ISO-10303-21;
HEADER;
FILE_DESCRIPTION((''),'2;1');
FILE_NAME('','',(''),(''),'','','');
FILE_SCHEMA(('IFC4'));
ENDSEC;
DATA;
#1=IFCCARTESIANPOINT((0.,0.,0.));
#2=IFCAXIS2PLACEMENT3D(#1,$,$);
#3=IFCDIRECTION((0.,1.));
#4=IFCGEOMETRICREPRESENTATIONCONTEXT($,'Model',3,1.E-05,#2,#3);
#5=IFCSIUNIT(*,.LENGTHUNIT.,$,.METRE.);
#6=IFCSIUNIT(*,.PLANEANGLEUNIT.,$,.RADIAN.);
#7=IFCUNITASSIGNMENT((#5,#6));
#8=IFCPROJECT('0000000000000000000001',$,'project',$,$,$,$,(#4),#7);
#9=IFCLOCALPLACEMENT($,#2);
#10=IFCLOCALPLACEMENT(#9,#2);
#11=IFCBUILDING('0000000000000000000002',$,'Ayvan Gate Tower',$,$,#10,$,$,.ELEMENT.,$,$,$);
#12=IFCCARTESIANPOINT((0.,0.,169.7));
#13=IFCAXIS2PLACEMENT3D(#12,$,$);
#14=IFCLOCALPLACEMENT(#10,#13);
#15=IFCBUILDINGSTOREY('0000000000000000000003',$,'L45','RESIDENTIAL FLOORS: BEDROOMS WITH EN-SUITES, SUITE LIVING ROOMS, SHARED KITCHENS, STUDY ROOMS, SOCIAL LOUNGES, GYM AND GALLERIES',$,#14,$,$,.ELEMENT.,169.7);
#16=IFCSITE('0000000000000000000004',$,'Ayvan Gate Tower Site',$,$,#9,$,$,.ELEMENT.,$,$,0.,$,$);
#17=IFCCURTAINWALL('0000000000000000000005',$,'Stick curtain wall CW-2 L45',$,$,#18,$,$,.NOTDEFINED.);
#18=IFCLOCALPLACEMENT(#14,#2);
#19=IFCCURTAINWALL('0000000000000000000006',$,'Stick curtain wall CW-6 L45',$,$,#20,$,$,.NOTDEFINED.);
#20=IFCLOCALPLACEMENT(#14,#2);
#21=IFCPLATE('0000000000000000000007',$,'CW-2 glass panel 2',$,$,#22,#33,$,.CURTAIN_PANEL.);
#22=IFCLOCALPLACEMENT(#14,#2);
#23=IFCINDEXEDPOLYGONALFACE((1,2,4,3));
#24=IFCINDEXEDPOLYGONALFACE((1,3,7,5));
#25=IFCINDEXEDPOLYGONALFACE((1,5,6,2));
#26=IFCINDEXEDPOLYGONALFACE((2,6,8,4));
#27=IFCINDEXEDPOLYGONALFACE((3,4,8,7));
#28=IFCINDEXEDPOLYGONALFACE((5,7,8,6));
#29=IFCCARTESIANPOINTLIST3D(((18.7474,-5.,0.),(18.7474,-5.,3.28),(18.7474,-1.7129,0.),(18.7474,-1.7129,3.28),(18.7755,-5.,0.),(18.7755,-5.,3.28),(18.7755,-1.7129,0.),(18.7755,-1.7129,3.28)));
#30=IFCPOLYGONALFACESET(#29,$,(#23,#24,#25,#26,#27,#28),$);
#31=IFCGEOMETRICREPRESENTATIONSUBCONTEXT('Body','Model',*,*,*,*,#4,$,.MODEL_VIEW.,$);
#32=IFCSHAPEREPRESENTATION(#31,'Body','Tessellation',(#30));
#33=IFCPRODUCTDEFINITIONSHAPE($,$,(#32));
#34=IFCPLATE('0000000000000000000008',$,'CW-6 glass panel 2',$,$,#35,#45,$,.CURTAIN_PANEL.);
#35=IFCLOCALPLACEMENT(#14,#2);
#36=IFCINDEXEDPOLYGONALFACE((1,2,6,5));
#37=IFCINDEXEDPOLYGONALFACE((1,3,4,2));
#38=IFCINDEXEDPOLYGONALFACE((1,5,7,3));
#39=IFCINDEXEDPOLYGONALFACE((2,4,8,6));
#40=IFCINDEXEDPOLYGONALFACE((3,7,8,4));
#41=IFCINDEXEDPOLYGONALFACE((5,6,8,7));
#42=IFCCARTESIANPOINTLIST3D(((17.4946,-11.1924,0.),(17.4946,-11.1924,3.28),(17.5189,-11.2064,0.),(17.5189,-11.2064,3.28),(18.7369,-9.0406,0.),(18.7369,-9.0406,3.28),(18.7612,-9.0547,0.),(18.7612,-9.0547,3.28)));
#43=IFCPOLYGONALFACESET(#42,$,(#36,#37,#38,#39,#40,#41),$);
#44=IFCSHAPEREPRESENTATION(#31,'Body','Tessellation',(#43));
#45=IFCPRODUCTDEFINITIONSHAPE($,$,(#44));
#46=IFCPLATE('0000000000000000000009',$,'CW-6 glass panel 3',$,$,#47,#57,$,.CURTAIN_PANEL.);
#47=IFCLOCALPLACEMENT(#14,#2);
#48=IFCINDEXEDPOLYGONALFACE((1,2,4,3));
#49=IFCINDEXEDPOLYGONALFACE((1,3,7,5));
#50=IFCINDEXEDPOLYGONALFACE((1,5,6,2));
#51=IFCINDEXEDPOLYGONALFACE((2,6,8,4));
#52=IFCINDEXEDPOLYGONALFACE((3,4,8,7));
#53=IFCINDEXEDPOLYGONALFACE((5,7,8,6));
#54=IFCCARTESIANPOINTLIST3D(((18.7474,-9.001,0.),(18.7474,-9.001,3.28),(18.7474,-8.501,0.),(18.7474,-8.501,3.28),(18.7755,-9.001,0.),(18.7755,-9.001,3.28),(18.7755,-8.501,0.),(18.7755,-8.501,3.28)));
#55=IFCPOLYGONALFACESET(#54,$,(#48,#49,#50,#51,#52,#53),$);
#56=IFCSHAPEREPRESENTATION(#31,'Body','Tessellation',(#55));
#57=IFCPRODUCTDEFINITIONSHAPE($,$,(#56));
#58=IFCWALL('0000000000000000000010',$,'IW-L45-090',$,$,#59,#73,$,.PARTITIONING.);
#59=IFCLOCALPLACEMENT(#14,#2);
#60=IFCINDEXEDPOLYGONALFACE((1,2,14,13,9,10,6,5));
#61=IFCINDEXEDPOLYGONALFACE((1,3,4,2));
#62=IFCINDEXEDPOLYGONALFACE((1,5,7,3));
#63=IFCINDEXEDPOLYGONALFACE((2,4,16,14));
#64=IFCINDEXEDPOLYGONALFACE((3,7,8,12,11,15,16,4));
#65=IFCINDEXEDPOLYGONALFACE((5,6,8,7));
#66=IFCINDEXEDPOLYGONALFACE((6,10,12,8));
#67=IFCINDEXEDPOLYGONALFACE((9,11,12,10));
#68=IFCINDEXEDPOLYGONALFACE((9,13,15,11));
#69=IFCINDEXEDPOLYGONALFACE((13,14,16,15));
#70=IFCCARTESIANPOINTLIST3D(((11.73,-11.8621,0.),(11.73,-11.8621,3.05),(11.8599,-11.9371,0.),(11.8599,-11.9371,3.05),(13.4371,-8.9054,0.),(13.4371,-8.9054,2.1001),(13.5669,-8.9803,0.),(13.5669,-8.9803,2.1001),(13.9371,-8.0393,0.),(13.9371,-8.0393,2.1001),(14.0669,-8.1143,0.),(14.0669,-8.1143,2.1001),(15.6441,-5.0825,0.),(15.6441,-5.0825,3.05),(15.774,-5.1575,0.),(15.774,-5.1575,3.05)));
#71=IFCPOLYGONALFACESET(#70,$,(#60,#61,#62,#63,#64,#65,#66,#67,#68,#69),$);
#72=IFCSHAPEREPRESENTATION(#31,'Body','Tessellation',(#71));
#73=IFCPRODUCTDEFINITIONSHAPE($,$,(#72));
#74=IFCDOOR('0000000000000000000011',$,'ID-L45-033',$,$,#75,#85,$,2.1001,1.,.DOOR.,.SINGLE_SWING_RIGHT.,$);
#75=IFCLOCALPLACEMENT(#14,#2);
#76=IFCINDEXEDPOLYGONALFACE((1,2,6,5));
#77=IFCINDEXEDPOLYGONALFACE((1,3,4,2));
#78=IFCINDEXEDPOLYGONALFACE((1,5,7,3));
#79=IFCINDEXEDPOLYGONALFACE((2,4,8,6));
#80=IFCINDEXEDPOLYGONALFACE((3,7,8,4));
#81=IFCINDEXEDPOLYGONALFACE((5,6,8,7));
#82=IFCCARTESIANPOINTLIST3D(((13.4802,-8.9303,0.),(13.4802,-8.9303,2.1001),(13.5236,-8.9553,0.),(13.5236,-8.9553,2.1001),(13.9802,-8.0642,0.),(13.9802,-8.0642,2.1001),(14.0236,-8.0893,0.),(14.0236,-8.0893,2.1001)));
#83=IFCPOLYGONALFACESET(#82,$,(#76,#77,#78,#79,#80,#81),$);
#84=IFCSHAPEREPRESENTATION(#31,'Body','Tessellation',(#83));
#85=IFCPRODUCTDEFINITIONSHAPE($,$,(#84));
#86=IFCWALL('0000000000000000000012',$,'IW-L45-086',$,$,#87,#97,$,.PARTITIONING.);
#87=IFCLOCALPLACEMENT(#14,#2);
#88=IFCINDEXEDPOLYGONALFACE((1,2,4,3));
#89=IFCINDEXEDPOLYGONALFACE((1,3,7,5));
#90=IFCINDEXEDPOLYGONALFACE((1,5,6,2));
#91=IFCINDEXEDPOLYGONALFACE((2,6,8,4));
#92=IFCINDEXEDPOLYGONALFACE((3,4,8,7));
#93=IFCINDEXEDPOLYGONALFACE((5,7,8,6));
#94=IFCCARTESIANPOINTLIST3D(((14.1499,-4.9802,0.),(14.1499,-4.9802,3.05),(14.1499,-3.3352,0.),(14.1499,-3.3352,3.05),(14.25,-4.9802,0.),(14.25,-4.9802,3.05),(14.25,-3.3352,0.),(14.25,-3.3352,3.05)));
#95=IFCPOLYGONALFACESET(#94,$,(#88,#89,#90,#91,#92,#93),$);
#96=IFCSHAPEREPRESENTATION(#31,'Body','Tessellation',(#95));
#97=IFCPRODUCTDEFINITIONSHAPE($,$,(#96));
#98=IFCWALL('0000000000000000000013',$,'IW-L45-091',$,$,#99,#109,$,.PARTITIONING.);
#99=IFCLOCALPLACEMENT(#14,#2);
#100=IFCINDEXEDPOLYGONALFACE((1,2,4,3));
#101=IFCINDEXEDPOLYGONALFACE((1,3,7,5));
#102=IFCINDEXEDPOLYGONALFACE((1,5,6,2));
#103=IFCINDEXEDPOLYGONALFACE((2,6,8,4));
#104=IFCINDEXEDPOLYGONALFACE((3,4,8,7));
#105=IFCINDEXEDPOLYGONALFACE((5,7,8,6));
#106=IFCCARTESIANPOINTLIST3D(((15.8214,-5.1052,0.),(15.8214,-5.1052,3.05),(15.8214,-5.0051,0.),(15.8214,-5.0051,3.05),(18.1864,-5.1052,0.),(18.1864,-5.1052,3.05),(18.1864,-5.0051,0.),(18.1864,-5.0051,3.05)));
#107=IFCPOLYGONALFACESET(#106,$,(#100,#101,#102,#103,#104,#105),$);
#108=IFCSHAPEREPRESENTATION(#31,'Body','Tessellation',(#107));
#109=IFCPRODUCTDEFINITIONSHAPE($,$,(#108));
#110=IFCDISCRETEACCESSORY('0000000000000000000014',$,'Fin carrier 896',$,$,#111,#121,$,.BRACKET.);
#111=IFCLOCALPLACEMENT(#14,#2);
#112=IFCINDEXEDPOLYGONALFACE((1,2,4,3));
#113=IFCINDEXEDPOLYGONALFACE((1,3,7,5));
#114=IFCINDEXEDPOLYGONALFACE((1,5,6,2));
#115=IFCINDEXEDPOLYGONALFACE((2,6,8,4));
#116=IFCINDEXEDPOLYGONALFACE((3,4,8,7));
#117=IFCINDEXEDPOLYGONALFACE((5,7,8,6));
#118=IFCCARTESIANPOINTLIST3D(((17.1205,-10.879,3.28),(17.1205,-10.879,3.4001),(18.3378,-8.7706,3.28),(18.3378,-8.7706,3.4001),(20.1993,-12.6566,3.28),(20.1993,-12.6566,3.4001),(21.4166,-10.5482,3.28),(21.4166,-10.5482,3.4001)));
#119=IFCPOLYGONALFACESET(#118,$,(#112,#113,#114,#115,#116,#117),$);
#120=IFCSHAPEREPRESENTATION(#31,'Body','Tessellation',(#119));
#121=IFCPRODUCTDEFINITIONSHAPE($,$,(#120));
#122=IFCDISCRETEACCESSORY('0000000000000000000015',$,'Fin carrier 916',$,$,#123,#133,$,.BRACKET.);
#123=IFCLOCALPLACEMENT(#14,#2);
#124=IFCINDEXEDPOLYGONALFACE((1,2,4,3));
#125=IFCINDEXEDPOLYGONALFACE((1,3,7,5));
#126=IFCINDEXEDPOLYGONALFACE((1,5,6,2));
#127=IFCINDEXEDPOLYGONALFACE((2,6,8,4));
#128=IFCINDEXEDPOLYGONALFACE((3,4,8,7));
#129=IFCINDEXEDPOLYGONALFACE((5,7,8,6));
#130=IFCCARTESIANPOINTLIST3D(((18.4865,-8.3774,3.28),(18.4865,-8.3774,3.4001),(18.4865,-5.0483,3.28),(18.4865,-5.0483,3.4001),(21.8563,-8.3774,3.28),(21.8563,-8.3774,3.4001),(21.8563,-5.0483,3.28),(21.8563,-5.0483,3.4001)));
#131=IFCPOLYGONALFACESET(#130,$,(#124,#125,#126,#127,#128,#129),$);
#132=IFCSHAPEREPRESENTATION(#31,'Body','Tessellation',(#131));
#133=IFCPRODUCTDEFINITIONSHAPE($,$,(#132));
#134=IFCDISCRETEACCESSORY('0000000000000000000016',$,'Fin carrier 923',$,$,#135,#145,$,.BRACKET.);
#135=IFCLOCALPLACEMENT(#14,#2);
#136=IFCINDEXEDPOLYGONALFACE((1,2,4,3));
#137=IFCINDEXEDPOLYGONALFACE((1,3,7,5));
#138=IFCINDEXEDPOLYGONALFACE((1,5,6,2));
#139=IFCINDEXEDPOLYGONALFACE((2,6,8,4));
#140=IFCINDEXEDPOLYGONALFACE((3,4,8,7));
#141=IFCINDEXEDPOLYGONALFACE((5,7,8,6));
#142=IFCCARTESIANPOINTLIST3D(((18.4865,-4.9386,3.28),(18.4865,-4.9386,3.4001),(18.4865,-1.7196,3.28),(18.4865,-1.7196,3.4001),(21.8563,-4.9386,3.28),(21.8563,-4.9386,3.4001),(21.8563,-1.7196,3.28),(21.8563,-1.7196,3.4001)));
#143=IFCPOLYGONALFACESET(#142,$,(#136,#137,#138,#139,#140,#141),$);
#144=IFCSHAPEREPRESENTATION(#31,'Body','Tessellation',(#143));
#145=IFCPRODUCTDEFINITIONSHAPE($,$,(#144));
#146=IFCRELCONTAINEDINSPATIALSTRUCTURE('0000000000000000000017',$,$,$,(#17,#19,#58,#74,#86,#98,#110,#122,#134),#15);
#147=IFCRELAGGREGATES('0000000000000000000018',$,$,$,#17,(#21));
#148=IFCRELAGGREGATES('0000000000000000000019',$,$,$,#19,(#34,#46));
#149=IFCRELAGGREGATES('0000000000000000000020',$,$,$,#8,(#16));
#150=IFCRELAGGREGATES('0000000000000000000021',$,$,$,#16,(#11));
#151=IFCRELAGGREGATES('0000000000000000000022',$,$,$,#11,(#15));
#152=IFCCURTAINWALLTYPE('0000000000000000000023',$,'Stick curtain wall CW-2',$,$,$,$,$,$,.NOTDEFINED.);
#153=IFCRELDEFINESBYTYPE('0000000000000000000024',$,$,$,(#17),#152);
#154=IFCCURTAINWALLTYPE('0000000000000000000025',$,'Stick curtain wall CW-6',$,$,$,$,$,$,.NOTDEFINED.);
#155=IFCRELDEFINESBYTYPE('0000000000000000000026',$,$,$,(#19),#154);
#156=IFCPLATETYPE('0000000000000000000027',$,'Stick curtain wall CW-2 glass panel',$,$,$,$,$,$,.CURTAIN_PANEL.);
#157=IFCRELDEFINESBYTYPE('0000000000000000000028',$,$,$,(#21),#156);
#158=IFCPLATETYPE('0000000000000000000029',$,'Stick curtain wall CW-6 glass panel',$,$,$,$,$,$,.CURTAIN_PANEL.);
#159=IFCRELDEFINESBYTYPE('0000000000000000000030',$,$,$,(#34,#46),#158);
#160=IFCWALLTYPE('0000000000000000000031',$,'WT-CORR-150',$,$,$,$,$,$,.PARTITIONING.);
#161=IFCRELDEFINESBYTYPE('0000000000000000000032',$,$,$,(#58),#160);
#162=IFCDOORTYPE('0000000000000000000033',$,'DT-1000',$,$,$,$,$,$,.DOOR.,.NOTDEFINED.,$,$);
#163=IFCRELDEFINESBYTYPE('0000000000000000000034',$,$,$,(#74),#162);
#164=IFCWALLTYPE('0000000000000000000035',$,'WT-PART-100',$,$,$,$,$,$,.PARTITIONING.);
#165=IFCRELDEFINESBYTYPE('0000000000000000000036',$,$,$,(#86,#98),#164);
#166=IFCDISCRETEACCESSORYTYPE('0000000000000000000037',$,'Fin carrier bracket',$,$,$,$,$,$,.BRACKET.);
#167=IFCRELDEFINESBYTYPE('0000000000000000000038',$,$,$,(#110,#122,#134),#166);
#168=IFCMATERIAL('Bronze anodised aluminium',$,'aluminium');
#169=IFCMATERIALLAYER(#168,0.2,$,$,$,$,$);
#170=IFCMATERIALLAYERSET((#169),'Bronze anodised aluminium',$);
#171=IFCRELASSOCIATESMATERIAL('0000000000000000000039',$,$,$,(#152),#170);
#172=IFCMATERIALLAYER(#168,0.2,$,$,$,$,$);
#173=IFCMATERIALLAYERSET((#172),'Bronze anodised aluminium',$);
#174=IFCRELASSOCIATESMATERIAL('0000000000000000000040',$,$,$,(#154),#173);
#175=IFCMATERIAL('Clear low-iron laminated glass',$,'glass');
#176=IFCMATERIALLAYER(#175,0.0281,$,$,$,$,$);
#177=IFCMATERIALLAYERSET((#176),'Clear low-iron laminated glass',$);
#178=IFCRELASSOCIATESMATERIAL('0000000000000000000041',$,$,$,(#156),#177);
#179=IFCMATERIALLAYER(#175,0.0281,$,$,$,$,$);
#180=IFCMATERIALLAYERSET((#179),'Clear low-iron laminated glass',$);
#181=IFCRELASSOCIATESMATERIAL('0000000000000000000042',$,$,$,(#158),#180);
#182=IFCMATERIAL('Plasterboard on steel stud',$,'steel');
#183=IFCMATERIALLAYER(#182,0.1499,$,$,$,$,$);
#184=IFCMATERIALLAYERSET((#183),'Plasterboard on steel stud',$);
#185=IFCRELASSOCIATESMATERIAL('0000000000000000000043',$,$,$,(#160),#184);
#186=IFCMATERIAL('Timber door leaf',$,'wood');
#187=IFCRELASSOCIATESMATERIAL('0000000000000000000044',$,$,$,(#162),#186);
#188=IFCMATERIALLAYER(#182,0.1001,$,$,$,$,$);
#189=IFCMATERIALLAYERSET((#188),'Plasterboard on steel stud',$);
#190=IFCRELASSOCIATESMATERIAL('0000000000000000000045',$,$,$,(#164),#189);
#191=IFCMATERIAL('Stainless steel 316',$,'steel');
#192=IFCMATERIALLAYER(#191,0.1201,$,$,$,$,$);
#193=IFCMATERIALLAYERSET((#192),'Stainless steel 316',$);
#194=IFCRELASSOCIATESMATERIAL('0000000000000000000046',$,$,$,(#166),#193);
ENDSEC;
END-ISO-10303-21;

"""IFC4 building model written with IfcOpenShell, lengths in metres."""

from ifc_helpers import new_model, si_unit, direction, frame, frame_2d, origin, origin_2d, place, context, subcontext, project, spatial, rectangle, extrude, material, layer, layer_set, type_object, element, fill, aggregate, save


model = new_model("IFC4")

# Units and contexts
model_context = context("Model", 3, precision=1e-05, world=origin(), true_north=direction((0.0, 1.0)))
body_context = subcontext(model_context, "Body", "Model", "MODEL_VIEW")
ifc_project = project(units=[si_unit("LENGTHUNIT", "METRE"), si_unit("PLANEANGLEUNIT", "RADIAN")], contexts=[model_context])

# Site, building, storey
site_placement = place(None, origin())
site = spatial("IfcSite", under=ifc_project, at=site_placement, Name="Ayvan Gate Tower Site", CompositionType="ELEMENT", RefElevation=0.0)
building_placement = place(site_placement, origin())
building = spatial("IfcBuilding", under=site, at=building_placement, Name="Ayvan Gate Tower", CompositionType="ELEMENT")
storey_placement = place(building_placement, frame((0.0, 0.0, 169.7)))
storey = spatial("IfcBuildingStorey", under=building, at=storey_placement, Name="L45", Description="RESIDENTIAL FLOORS: BEDROOMS WITH EN-SUITES, SUITE LIVING ROOMS, SHARED KITCHENS, STUDY ROOMS, SOCIAL LOUNGES, GYM AND GALLERIES", CompositionType="ELEMENT", Elevation=169.7)

# Curtain walls
ifc_material_1 = material(Name="Bronze anodised aluminium", Category="aluminium")
ifc_layer_1 = layer(ifc_material_1, 0.2)
ifc_layer_set_1 = layer_set([ifc_layer_1], Name="Bronze anodised aluminium")
curtain_wall_type_1 = type_object("IfcCurtainWallType", Name="Stick curtain wall CW-2", PredefinedType="NOTDEFINED", material=ifc_layer_set_1)
curtain_wall_1_placement = place(storey_placement, origin())
curtain_wall_1 = element("IfcCurtainWall", 1, at=curtain_wall_1_placement, inside=storey, type_object=curtain_wall_type_1, Name="Stick curtain wall CW-2 L45", PredefinedType="NOTDEFINED")
ifc_layer_2 = layer(ifc_material_1, 0.2)
ifc_layer_set_2 = layer_set([ifc_layer_2], Name="Bronze anodised aluminium")
curtain_wall_type_2 = type_object("IfcCurtainWallType", Name="Stick curtain wall CW-6", PredefinedType="NOTDEFINED", material=ifc_layer_set_2)
curtain_wall_2_placement = place(storey_placement, origin())
curtain_wall_2 = element("IfcCurtainWall", 2, at=curtain_wall_2_placement, inside=storey, type_object=curtain_wall_type_2, Name="Stick curtain wall CW-6 L45", PredefinedType="NOTDEFINED")

# Plates
ifc_material_2 = material(Name="Clear low-iron laminated glass", Category="glass")
ifc_layer_3 = layer(ifc_material_2, 0.0281)
ifc_layer_set_3 = layer_set([ifc_layer_3], Name="Clear low-iron laminated glass")
plate_type_1 = type_object("IfcPlateType", Name="Stick curtain wall CW-2 glass panel", PredefinedType="CURTAIN_PANEL", material=ifc_layer_set_3)
plate_1_placement = place(storey_placement, frame((18.7615, -3.3564, 0.0), z_axis=(0.0, 0.0, 1.0), x_axis=(0.0, 1.0, 0.0)))
plate_1 = element("IfcPlate", 3, at=plate_1_placement, type_object=plate_type_1, Name="CW-2 glass panel 2", PredefinedType="CURTAIN_PANEL", context=body_context, shape_type="SweptSolid", body=[
    extrude(rectangle(XDim=3.2871, YDim=0.0281, at=origin_2d()), origin(), (0.0, 0.0, 1.0), 3.28),
])
aggregate(curtain_wall_1, [plate_1])
ifc_layer_4 = layer(ifc_material_2, 0.0281)
ifc_layer_set_4 = layer_set([ifc_layer_4], Name="Clear low-iron laminated glass")
plate_type_2 = type_object("IfcPlateType", Name="Stick curtain wall CW-6 glass panel", PredefinedType="CURTAIN_PANEL", material=ifc_layer_set_4)
plate_2_placement = place(storey_placement, frame((18.1279, -10.1235, 0.0), z_axis=(0.0, 0.0, 1.0), x_axis=(0.5, 0.866025, 0.0)))
plate_2 = element("IfcPlate", 4, at=plate_2_placement, type_object=plate_type_2, Name="CW-6 glass panel 2", PredefinedType="CURTAIN_PANEL", context=body_context, shape_type="SweptSolid", body=[
    extrude(rectangle(XDim=2.4846, YDim=0.0281, at=origin_2d()), origin(), (0.0, 0.0, 1.0), 3.28),
])
plate_3_placement = place(storey_placement, frame((18.7615, -8.751, 0.0), z_axis=(0.0, 0.0, 1.0), x_axis=(0.0, 1.0, 0.0)))
plate_3 = element("IfcPlate", 5, at=plate_3_placement, type_object=plate_type_2, Name="CW-6 glass panel 3", PredefinedType="CURTAIN_PANEL", context=body_context, shape_type="SweptSolid", body=[
    extrude(rectangle(XDim=0.5, YDim=0.0281, at=origin_2d()), origin(), (0.0, 0.0, 1.0), 3.28),
])
aggregate(curtain_wall_2, [plate_2, plate_3])

# Wall, opening, door
ifc_material_3 = material(Name="Plasterboard on steel stud", Category="steel")
ifc_layer_5 = layer(ifc_material_3, 0.1499)
ifc_layer_set_5 = layer_set([ifc_layer_5], Name="Plasterboard on steel stud")
wall_type_1 = type_object("IfcWallType", Name="WT-CORR-150", PredefinedType="PARTITIONING", material=ifc_layer_set_5)
wall_1_placement = place(storey_placement, frame((15.709, -5.1201, 0.0), z_axis=(0.0, 0.0, 1.0), x_axis=(-0.49999, -0.866031, 0.0)))
wall_1 = element("IfcWall", 6, at=wall_1_placement, inside=storey, type_object=wall_type_1, Name="IW-L45-090", PredefinedType="PARTITIONING", context=body_context, shape_type="SweptSolid", body=[
    extrude(rectangle(XDim=7.8284, YDim=0.1499, at=frame_2d((3.9141, 0.0))), origin(), (0.0, 0.0, 1.0), 3.05),
])
opening_placement = place(wall_1_placement, frame((3.4141, 0.0, 0.0)))
opening = element("IfcOpeningElement", 7, at=opening_placement, cuts=wall_1, PredefinedType="OPENING", context=body_context, shape_type="SweptSolid", body=[
    extrude(rectangle(XDim=1.0, YDim=2.1001, at=frame_2d((0.5, 1.05))), frame((0.0, 0.085, 0.0), z_axis=(0.0, -1.0, 0.0), x_axis=(1.0, 0.0, 0.0)), (0.0, 0.0, 1.0), 0.1699),
])
ifc_material_4 = material(Name="Timber door leaf", Category="wood")
door_type = type_object("IfcDoorType", Name="DT-1000", OperationType="NOTDEFINED", PredefinedType="DOOR", material=ifc_material_4)
door_placement = place(opening_placement, origin())
door = element("IfcDoor", 8, at=door_placement, inside=storey, type_object=door_type, Name="ID-L45-033", OperationType="SINGLE_SWING_RIGHT", OverallHeight=2.1001, OverallWidth=1.0, PredefinedType="DOOR", context=body_context, shape_type="SweptSolid", body=[
    extrude(rectangle(XDim=1.0, YDim=2.1001, at=frame_2d((0.5, 1.05))), frame((0.0, 0.0249, 0.0), z_axis=(0.0, -1.0, 0.0), x_axis=(1.0, 0.0, 0.0)), (0.0, 0.0, 1.0), 0.05),
])
fill(opening, door)

# Walls
ifc_layer_6 = layer(ifc_material_3, 0.1001)
ifc_layer_set_6 = layer_set([ifc_layer_6], Name="Plasterboard on steel stud")
wall_type_2 = type_object("IfcWallType", Name="WT-PART-100", PredefinedType="PARTITIONING", material=ifc_layer_set_6)
wall_2_placement = place(storey_placement, frame((14.2, -4.9802, 0.0), z_axis=(0.0, 0.0, 1.0), x_axis=(0.0, 1.0, 0.0)))
element("IfcWall", 9, at=wall_2_placement, inside=storey, type_object=wall_type_2, Name="IW-L45-086", PredefinedType="PARTITIONING", context=body_context, shape_type="SweptSolid", body=[
    extrude(rectangle(XDim=1.645, YDim=0.1001, at=frame_2d((0.8225, 0.0))), origin(), (0.0, 0.0, 1.0), 3.05),
])
wall_3_placement = place(storey_placement, frame((18.1865, -5.0552, 0.0), z_axis=(0.0, 0.0, 1.0), x_axis=(-1.0, 0.0, 0.0)))
element("IfcWall", 10, at=wall_3_placement, inside=storey, type_object=wall_type_2, Name="IW-L45-091", PredefinedType="PARTITIONING", context=body_context, shape_type="SweptSolid", body=[
    extrude(rectangle(XDim=2.365, YDim=0.1001, at=frame_2d((1.1826, 0.0))), origin(), (0.0, 0.0, 1.0), 3.05),
])

# Discrete accessories
ifc_material_5 = material(Name="Stainless steel 316", Category="steel")
ifc_layer_7 = layer(ifc_material_5, 0.1201)
ifc_layer_set_7 = layer_set([ifc_layer_7], Name="Stainless steel 316")
discrete_accessory_type = type_object("IfcDiscreteAccessoryType", Name="Fin carrier bracket", PredefinedType="BRACKET", material=ifc_layer_set_7)
discrete_accessory_1_placement = place(storey_placement, frame((19.2686, -10.7136, 3.28), z_axis=(0.0, 0.0, 1.0), x_axis=(0.5, 0.866025, 0.0)))
element("IfcDiscreteAccessory", 11, at=discrete_accessory_1_placement, inside=storey, type_object=discrete_accessory_type, Name="Fin carrier 896", PredefinedType="BRACKET", context=body_context, shape_type="SweptSolid", body=[
    extrude(rectangle(XDim=2.4346, YDim=3.5552, at=origin_2d()), origin(), (0.0, 0.0, 1.0), 0.1201),
])
discrete_accessory_2_placement = place(storey_placement, frame((20.1714, -6.7129, 3.28), z_axis=(0.0, 0.0, 1.0), x_axis=(0.0, 1.0, 0.0)))
element("IfcDiscreteAccessory", 12, at=discrete_accessory_2_placement, inside=storey, type_object=discrete_accessory_type, Name="Fin carrier 916", PredefinedType="BRACKET", context=body_context, shape_type="SweptSolid", body=[
    extrude(rectangle(XDim=3.3291, YDim=3.3699, at=origin_2d()), origin(), (0.0, 0.0, 1.0), 0.1201),
])
discrete_accessory_3_placement = place(storey_placement, frame((20.1714, -3.3291, 3.28), z_axis=(0.0, 0.0, 1.0), x_axis=(0.0, 1.0, 0.0)))
element("IfcDiscreteAccessory", 13, at=discrete_accessory_3_placement, inside=storey, type_object=discrete_accessory_type, Name="Fin carrier 923", PredefinedType="BRACKET", context=body_context, shape_type="SweptSolid", body=[
    extrude(rectangle(XDim=3.219, YDim=3.3699, at=origin_2d()), origin(), (0.0, 0.0, 1.0), 0.1201),
])

save(model, "model.ifc")
